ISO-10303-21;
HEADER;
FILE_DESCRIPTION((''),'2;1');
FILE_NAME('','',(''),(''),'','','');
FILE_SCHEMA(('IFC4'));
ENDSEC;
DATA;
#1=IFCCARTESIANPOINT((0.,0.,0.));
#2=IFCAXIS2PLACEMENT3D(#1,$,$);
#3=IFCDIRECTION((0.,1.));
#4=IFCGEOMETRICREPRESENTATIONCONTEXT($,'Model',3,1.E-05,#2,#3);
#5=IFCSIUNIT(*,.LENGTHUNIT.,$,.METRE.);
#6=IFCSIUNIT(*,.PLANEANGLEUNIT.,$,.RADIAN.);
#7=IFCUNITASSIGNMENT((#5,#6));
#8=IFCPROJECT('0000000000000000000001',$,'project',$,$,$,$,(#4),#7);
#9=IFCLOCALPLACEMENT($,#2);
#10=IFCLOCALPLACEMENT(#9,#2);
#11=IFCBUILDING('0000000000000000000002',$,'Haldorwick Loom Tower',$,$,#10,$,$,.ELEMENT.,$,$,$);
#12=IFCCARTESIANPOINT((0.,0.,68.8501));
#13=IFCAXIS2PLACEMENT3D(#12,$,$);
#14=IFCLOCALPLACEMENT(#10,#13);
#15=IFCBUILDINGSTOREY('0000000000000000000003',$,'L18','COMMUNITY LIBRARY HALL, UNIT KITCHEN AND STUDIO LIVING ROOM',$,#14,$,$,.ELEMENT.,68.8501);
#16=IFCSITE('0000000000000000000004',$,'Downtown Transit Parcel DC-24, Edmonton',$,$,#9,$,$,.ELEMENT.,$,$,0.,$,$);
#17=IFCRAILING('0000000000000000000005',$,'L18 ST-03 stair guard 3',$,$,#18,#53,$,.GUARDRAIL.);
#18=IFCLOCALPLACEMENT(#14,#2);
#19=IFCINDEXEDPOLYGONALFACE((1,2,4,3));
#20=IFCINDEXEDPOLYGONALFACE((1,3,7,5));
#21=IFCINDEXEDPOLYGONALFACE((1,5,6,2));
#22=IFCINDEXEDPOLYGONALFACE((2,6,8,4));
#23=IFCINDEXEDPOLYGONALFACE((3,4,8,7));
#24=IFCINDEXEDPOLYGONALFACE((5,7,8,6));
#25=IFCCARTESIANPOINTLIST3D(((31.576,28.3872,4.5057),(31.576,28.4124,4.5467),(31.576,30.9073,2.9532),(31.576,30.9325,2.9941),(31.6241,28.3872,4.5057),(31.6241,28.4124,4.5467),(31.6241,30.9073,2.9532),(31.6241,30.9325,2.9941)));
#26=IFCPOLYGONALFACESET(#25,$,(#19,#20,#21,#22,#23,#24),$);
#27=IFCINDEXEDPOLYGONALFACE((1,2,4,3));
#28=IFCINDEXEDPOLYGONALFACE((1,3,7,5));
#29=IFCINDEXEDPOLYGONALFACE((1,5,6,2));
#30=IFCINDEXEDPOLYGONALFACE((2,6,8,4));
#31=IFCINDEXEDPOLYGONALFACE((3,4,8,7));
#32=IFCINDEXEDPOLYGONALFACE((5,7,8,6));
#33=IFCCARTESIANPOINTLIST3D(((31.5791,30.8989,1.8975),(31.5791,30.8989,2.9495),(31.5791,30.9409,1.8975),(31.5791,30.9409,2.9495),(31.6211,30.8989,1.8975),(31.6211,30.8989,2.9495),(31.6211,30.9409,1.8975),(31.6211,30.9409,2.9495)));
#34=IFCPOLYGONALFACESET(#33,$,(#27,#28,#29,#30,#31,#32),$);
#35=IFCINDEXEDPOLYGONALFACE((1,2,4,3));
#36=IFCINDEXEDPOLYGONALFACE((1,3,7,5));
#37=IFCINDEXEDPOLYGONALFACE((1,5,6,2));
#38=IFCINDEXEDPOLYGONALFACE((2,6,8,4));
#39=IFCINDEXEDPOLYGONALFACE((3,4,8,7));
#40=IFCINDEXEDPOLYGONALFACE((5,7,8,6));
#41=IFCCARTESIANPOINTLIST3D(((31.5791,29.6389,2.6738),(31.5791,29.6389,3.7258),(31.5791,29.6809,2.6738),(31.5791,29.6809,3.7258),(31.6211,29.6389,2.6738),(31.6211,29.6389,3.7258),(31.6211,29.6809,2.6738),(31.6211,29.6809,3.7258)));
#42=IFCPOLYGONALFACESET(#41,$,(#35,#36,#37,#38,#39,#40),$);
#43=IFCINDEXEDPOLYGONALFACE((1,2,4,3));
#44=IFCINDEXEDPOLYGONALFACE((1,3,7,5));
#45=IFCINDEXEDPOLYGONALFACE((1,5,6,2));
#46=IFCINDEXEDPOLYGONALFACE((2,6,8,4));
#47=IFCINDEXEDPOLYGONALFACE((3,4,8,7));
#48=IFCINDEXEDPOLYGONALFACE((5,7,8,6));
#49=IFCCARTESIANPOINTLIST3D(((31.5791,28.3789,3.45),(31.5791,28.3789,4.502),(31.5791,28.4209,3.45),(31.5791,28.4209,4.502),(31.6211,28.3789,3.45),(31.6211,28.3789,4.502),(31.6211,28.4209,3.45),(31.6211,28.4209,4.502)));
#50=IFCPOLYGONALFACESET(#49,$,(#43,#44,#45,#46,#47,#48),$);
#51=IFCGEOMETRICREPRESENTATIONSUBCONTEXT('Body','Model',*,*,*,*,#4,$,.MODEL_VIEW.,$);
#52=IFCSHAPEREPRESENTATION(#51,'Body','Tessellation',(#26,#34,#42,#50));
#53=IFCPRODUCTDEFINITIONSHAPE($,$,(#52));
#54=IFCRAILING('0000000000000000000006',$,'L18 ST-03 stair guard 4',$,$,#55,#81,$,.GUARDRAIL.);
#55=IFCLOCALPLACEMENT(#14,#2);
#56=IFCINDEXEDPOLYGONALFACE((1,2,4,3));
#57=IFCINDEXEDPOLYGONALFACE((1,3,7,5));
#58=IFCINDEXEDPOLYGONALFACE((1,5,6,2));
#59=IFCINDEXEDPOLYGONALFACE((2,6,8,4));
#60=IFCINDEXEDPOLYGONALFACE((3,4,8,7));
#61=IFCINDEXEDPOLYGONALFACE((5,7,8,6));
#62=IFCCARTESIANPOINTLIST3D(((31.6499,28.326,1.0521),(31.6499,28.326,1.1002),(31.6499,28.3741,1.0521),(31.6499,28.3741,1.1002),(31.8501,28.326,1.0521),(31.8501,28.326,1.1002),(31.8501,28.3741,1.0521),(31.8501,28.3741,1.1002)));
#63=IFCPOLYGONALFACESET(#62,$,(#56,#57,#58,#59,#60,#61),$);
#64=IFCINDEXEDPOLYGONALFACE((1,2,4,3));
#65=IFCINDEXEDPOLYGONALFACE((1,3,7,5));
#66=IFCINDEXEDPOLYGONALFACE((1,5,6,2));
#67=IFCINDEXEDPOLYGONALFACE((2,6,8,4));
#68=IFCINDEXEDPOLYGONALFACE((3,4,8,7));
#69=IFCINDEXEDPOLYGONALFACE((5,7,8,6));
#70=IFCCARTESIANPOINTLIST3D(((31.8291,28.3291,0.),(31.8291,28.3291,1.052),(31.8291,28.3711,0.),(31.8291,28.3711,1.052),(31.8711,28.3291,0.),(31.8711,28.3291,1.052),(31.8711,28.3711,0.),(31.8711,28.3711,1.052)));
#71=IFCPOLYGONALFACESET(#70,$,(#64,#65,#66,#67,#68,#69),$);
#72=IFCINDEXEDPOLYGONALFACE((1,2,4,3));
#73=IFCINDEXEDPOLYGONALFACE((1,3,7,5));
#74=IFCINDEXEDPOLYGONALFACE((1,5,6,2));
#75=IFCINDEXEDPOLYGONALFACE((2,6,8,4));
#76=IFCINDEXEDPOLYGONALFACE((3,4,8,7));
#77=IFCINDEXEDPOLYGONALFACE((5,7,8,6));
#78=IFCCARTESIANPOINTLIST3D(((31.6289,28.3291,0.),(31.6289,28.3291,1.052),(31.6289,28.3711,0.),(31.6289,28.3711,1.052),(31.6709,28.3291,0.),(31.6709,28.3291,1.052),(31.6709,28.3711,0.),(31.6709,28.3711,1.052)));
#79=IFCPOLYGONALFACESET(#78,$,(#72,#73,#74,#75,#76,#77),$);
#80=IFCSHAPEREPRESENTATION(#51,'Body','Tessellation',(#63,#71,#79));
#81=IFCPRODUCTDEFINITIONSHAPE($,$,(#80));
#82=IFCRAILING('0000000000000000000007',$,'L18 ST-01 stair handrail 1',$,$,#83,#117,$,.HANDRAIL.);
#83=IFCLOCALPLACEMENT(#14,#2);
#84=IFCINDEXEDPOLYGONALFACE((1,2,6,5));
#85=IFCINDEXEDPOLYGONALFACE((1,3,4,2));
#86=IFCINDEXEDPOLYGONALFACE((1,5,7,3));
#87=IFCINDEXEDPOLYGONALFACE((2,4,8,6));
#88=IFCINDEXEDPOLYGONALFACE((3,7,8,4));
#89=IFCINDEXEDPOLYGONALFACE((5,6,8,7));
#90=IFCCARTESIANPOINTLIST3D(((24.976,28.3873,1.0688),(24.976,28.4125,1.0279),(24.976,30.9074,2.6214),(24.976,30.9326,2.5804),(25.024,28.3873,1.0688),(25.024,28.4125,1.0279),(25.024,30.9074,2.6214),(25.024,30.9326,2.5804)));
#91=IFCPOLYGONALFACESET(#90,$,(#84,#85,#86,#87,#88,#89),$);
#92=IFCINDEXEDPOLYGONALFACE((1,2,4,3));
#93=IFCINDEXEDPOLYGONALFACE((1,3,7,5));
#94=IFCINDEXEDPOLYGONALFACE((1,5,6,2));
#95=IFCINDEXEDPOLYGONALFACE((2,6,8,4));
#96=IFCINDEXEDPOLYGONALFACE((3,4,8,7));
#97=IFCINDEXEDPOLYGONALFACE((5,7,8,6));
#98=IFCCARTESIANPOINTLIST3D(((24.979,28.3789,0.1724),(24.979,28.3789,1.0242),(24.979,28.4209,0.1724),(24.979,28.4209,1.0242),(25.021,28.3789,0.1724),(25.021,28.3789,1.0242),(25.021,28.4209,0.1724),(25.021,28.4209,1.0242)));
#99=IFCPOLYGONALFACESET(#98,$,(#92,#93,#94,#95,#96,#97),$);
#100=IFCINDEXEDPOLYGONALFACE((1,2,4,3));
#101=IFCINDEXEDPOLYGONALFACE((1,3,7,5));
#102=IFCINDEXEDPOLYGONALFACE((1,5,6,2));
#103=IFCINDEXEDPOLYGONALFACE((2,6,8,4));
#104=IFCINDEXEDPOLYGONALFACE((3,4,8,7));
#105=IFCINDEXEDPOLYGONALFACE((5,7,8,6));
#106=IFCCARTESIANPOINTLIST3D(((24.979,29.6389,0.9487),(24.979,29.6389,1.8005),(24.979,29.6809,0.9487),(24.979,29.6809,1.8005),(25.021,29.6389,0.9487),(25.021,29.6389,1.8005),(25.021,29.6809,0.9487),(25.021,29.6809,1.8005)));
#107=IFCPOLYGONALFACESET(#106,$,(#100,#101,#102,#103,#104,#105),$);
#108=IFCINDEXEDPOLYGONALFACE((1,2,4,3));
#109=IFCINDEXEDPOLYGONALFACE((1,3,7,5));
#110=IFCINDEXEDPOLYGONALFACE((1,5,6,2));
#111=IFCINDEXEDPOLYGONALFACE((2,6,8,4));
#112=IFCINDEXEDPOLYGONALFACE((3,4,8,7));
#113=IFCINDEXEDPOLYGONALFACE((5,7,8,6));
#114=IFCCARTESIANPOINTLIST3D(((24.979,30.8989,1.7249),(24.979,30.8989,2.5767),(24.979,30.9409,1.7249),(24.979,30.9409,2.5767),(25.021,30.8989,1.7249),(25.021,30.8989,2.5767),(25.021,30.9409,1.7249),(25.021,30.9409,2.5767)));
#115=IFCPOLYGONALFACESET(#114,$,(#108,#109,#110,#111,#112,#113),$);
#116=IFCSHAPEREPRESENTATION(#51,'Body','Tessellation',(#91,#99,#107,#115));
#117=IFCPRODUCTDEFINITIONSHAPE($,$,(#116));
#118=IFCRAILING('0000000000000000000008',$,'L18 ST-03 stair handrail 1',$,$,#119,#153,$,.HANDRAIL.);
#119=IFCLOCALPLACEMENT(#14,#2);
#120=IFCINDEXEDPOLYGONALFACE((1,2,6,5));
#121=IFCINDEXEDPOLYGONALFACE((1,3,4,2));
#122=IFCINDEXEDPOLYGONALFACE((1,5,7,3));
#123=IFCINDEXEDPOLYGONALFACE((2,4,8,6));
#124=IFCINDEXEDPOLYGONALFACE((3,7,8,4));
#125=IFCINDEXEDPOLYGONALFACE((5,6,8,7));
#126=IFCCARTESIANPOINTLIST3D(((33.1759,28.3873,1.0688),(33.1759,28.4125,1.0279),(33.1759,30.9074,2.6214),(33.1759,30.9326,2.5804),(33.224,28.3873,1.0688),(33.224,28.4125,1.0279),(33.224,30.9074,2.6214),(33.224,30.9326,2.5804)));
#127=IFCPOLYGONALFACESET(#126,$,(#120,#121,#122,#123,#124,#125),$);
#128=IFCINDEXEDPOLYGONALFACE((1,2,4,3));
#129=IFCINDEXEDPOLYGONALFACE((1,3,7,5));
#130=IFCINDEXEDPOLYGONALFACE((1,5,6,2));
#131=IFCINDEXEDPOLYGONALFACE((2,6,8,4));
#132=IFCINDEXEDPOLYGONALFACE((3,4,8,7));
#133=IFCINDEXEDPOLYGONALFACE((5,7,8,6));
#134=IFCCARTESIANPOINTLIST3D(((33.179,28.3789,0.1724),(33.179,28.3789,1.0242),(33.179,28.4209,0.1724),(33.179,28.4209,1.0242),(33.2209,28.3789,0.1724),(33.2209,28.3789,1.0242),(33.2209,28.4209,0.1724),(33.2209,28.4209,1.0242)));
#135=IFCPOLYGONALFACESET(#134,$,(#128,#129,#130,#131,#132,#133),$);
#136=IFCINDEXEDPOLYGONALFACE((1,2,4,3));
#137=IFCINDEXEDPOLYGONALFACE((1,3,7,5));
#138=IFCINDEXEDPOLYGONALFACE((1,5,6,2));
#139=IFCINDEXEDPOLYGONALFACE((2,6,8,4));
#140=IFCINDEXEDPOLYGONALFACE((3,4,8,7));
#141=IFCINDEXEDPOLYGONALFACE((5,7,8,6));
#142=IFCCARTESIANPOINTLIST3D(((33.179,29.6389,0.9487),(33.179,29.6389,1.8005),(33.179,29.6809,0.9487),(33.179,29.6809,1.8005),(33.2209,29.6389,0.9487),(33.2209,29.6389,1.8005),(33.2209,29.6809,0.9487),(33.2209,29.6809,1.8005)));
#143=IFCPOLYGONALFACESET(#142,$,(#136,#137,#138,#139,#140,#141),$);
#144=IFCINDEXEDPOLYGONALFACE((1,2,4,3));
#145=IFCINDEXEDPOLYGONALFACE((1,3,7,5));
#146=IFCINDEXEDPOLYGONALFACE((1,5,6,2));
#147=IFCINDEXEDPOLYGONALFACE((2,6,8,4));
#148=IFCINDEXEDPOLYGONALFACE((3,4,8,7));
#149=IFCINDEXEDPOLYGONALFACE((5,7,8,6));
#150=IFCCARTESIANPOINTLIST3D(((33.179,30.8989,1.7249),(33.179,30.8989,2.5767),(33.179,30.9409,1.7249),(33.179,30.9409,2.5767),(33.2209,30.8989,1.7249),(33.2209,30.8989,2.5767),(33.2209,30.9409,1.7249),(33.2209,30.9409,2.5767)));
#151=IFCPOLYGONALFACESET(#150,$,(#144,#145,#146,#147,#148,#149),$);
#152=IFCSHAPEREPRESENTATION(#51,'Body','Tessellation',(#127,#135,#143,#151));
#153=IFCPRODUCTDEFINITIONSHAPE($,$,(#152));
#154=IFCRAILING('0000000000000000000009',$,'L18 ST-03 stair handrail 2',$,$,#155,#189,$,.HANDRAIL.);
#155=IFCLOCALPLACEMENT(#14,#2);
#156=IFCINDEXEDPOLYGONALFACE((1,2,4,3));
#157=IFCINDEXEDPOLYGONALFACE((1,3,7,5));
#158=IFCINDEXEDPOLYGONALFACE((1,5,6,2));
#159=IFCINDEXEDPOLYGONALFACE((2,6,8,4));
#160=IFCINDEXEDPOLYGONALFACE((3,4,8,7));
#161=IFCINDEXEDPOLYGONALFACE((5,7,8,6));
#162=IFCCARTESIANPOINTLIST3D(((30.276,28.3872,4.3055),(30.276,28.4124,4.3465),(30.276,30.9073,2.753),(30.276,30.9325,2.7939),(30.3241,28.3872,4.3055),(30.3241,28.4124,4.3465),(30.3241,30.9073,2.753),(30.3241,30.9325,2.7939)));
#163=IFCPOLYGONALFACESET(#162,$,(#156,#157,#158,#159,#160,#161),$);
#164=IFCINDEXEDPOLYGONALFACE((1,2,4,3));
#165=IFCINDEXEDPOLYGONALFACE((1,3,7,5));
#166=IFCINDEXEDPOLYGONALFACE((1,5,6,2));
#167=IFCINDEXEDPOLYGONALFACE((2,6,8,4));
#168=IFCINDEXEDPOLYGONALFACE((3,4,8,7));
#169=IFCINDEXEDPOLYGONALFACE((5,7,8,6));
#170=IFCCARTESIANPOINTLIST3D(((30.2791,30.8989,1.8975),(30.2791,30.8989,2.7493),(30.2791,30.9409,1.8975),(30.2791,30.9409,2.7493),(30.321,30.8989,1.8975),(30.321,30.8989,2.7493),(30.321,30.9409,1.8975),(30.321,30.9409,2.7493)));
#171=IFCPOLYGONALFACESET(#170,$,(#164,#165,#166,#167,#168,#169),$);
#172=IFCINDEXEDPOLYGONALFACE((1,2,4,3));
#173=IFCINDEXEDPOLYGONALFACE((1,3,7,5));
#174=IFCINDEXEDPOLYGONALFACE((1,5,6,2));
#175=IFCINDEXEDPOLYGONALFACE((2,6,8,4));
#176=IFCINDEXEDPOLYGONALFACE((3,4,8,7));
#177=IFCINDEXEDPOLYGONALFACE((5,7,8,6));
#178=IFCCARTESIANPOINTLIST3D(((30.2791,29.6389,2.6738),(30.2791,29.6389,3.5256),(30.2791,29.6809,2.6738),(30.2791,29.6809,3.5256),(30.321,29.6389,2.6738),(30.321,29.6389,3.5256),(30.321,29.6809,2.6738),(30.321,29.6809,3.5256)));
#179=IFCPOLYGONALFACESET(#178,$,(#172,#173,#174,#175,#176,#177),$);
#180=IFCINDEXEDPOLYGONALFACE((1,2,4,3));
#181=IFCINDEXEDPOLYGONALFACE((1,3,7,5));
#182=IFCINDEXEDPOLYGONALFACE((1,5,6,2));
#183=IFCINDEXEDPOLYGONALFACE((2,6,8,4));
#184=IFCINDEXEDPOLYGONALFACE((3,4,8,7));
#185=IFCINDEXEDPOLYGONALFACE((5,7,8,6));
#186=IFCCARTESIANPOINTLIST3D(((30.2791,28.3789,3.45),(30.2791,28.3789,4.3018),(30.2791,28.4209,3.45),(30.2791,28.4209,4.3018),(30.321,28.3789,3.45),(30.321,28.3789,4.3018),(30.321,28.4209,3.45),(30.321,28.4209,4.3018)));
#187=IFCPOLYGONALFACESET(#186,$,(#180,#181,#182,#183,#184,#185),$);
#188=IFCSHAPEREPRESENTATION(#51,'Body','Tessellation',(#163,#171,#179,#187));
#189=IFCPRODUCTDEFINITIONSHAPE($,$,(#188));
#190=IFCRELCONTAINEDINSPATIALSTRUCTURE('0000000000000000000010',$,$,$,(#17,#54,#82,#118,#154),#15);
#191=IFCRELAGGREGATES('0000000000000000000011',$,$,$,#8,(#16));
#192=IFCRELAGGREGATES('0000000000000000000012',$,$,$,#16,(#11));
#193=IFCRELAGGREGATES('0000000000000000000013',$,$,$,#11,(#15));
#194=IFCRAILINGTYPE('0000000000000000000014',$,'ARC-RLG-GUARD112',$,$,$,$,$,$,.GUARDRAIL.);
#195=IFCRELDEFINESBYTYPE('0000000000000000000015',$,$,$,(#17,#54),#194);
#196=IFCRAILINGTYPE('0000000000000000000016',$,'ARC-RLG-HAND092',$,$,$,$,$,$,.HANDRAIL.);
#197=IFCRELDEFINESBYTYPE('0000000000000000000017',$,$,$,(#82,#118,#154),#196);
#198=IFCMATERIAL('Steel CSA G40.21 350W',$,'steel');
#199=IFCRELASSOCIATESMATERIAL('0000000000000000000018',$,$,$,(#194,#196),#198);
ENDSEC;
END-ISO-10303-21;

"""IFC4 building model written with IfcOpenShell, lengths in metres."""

from ifc_helpers import new_model, si_unit, direction, frame, origin, origin_2d, place, context, subcontext, project, spatial, rectangle, extrude, material, type_object, element, save


model = new_model("IFC4")

# Units and contexts
model_context = context("Model", 3, precision=1e-05, world=origin(), true_north=direction((0.0, 1.0)))
body_context = subcontext(model_context, "Body", "Model", "MODEL_VIEW")
ifc_project = project(units=[si_unit("LENGTHUNIT", "METRE"), si_unit("PLANEANGLEUNIT", "RADIAN")], contexts=[model_context])

# Site, building, storey
site_placement = place(None, origin())
site = spatial("IfcSite", under=ifc_project, at=site_placement, Name="Downtown Transit Parcel DC-24, Edmonton", CompositionType="ELEMENT", RefElevation=0.0)
building_placement = place(site_placement, origin())
building = spatial("IfcBuilding", under=site, at=building_placement, Name="Haldorwick Loom Tower", CompositionType="ELEMENT")
storey_placement = place(building_placement, frame((0.0, 0.0, 68.8501)))
storey = spatial("IfcBuildingStorey", under=building, at=storey_placement, Name="L18", Description="COMMUNITY LIBRARY HALL, UNIT KITCHEN AND STUDIO LIVING ROOM", CompositionType="ELEMENT", Elevation=68.8501)

# Shared definitions
ifc_material_1 = material(Name="Steel CSA G40.21 350W", Category="steel")

# Railings
railing_type_1 = type_object("IfcRailingType", Name="ARC-RLG-GUARD112", PredefinedType="GUARDRAIL", material=ifc_material_1)
railing_1_placement = place(storey_placement, frame((31.6001, 30.9199, 1.8975)))
element("IfcRailing", 1, at=railing_1_placement, inside=storey, type_object=railing_type_1, Name="L18 ST-03 stair guard 3", PredefinedType="GUARDRAIL", context=body_context, shape_type="SweptSolid", body=[
    extrude(rectangle(XDim=0.0481, YDim=0.0481, at=origin_2d()), frame((0.0, 0.0, 1.0762), z_axis=(0.0, -0.8514, 0.524516), x_axis=(1.0, 0.0, 0.0)), (0.0, 0.0, 1.0), 2.96),
    extrude(rectangle(XDim=0.042, YDim=0.042, at=origin_2d()), origin(), (0.0, 0.0, 1.0), 1.052),
    extrude(rectangle(XDim=0.042, YDim=0.042, at=origin_2d()), frame((0.0, -1.26, 0.7764)), (0.0, 0.0, 1.0), 1.052),
    extrude(rectangle(XDim=0.042, YDim=0.042, at=origin_2d()), frame((0.0, -2.52, 1.5525)), (0.0, 0.0, 1.0), 1.052),
])
railing_2_placement = place(storey_placement, frame((31.8501, 28.3501, 0.0)))
element("IfcRailing", 2, at=railing_2_placement, inside=storey, type_object=railing_type_1, Name="L18 ST-03 stair guard 4", PredefinedType="GUARDRAIL", context=body_context, shape_type="SweptSolid", body=[
    extrude(rectangle(XDim=0.0481, YDim=0.0481, at=origin_2d()), frame((0.0, 0.0, 1.0762), z_axis=(-1.0, 0.0, 0.0), x_axis=(0.0, -1.0, 0.0)), (0.0, 0.0, 1.0), 0.2002),
    extrude(rectangle(XDim=0.042, YDim=0.042, at=origin_2d()), origin(), (0.0, 0.0, 1.0), 1.052),
    extrude(rectangle(XDim=0.042, YDim=0.042, at=origin_2d()), frame((-0.2002, 0.0, 0.0)), (0.0, 0.0, 1.0), 1.052),
])
railing_type_2 = type_object("IfcRailingType", Name="ARC-RLG-HAND092", PredefinedType="HANDRAIL", material=ifc_material_1)
for number, where, name in (
    (3, (25.0, 28.3999, 0.1724), "L18 ST-01 stair handrail 1"),
    (4, (33.2, 28.3999, 0.1724), "L18 ST-03 stair handrail 1"),
):
    element("IfcRailing", number, at=place(storey_placement, frame(where)), inside=storey, type_object=railing_type_2, Name=name, PredefinedType="HANDRAIL", context=body_context, shape_type="SweptSolid", body=[
        extrude(rectangle(XDim=0.0481, YDim=0.0481, at=origin_2d()), frame((0.0, 0.0, 0.876), z_axis=(0.0, 0.8514, 0.524516), x_axis=(-1.0, 0.0, 0.0)), (0.0, 0.0, 1.0), 2.96),
        extrude(rectangle(XDim=0.042, YDim=0.042, at=origin_2d()), origin(), (0.0, 0.0, 1.0), 0.8518),
        extrude(rectangle(XDim=0.042, YDim=0.042, at=origin_2d()), frame((0.0, 1.26, 0.7764)), (0.0, 0.0, 1.0), 0.8518),
        extrude(rectangle(XDim=0.042, YDim=0.042, at=origin_2d()), frame((0.0, 2.52, 1.5525)), (0.0, 0.0, 1.0), 0.8518),
    ])
railing_3_placement = place(storey_placement, frame((30.3, 30.9199, 1.8975)))
element("IfcRailing", 5, at=railing_3_placement, inside=storey, type_object=railing_type_2, Name="L18 ST-03 stair handrail 2", PredefinedType="HANDRAIL", context=body_context, shape_type="SweptSolid", body=[
    extrude(rectangle(XDim=0.0481, YDim=0.0481, at=origin_2d()), frame((0.0, 0.0, 0.876), z_axis=(0.0, -0.8514, 0.524516), x_axis=(1.0, 0.0, 0.0)), (0.0, 0.0, 1.0), 2.96),
    extrude(rectangle(XDim=0.042, YDim=0.042, at=origin_2d()), origin(), (0.0, 0.0, 1.0), 0.8518),
    extrude(rectangle(XDim=0.042, YDim=0.042, at=origin_2d()), frame((0.0, -1.26, 0.7764)), (0.0, 0.0, 1.0), 0.8518),
    extrude(rectangle(XDim=0.042, YDim=0.042, at=origin_2d()), frame((0.0, -2.52, 1.5525)), (0.0, 0.0, 1.0), 0.8518),
])

save(model, "model.ifc")
